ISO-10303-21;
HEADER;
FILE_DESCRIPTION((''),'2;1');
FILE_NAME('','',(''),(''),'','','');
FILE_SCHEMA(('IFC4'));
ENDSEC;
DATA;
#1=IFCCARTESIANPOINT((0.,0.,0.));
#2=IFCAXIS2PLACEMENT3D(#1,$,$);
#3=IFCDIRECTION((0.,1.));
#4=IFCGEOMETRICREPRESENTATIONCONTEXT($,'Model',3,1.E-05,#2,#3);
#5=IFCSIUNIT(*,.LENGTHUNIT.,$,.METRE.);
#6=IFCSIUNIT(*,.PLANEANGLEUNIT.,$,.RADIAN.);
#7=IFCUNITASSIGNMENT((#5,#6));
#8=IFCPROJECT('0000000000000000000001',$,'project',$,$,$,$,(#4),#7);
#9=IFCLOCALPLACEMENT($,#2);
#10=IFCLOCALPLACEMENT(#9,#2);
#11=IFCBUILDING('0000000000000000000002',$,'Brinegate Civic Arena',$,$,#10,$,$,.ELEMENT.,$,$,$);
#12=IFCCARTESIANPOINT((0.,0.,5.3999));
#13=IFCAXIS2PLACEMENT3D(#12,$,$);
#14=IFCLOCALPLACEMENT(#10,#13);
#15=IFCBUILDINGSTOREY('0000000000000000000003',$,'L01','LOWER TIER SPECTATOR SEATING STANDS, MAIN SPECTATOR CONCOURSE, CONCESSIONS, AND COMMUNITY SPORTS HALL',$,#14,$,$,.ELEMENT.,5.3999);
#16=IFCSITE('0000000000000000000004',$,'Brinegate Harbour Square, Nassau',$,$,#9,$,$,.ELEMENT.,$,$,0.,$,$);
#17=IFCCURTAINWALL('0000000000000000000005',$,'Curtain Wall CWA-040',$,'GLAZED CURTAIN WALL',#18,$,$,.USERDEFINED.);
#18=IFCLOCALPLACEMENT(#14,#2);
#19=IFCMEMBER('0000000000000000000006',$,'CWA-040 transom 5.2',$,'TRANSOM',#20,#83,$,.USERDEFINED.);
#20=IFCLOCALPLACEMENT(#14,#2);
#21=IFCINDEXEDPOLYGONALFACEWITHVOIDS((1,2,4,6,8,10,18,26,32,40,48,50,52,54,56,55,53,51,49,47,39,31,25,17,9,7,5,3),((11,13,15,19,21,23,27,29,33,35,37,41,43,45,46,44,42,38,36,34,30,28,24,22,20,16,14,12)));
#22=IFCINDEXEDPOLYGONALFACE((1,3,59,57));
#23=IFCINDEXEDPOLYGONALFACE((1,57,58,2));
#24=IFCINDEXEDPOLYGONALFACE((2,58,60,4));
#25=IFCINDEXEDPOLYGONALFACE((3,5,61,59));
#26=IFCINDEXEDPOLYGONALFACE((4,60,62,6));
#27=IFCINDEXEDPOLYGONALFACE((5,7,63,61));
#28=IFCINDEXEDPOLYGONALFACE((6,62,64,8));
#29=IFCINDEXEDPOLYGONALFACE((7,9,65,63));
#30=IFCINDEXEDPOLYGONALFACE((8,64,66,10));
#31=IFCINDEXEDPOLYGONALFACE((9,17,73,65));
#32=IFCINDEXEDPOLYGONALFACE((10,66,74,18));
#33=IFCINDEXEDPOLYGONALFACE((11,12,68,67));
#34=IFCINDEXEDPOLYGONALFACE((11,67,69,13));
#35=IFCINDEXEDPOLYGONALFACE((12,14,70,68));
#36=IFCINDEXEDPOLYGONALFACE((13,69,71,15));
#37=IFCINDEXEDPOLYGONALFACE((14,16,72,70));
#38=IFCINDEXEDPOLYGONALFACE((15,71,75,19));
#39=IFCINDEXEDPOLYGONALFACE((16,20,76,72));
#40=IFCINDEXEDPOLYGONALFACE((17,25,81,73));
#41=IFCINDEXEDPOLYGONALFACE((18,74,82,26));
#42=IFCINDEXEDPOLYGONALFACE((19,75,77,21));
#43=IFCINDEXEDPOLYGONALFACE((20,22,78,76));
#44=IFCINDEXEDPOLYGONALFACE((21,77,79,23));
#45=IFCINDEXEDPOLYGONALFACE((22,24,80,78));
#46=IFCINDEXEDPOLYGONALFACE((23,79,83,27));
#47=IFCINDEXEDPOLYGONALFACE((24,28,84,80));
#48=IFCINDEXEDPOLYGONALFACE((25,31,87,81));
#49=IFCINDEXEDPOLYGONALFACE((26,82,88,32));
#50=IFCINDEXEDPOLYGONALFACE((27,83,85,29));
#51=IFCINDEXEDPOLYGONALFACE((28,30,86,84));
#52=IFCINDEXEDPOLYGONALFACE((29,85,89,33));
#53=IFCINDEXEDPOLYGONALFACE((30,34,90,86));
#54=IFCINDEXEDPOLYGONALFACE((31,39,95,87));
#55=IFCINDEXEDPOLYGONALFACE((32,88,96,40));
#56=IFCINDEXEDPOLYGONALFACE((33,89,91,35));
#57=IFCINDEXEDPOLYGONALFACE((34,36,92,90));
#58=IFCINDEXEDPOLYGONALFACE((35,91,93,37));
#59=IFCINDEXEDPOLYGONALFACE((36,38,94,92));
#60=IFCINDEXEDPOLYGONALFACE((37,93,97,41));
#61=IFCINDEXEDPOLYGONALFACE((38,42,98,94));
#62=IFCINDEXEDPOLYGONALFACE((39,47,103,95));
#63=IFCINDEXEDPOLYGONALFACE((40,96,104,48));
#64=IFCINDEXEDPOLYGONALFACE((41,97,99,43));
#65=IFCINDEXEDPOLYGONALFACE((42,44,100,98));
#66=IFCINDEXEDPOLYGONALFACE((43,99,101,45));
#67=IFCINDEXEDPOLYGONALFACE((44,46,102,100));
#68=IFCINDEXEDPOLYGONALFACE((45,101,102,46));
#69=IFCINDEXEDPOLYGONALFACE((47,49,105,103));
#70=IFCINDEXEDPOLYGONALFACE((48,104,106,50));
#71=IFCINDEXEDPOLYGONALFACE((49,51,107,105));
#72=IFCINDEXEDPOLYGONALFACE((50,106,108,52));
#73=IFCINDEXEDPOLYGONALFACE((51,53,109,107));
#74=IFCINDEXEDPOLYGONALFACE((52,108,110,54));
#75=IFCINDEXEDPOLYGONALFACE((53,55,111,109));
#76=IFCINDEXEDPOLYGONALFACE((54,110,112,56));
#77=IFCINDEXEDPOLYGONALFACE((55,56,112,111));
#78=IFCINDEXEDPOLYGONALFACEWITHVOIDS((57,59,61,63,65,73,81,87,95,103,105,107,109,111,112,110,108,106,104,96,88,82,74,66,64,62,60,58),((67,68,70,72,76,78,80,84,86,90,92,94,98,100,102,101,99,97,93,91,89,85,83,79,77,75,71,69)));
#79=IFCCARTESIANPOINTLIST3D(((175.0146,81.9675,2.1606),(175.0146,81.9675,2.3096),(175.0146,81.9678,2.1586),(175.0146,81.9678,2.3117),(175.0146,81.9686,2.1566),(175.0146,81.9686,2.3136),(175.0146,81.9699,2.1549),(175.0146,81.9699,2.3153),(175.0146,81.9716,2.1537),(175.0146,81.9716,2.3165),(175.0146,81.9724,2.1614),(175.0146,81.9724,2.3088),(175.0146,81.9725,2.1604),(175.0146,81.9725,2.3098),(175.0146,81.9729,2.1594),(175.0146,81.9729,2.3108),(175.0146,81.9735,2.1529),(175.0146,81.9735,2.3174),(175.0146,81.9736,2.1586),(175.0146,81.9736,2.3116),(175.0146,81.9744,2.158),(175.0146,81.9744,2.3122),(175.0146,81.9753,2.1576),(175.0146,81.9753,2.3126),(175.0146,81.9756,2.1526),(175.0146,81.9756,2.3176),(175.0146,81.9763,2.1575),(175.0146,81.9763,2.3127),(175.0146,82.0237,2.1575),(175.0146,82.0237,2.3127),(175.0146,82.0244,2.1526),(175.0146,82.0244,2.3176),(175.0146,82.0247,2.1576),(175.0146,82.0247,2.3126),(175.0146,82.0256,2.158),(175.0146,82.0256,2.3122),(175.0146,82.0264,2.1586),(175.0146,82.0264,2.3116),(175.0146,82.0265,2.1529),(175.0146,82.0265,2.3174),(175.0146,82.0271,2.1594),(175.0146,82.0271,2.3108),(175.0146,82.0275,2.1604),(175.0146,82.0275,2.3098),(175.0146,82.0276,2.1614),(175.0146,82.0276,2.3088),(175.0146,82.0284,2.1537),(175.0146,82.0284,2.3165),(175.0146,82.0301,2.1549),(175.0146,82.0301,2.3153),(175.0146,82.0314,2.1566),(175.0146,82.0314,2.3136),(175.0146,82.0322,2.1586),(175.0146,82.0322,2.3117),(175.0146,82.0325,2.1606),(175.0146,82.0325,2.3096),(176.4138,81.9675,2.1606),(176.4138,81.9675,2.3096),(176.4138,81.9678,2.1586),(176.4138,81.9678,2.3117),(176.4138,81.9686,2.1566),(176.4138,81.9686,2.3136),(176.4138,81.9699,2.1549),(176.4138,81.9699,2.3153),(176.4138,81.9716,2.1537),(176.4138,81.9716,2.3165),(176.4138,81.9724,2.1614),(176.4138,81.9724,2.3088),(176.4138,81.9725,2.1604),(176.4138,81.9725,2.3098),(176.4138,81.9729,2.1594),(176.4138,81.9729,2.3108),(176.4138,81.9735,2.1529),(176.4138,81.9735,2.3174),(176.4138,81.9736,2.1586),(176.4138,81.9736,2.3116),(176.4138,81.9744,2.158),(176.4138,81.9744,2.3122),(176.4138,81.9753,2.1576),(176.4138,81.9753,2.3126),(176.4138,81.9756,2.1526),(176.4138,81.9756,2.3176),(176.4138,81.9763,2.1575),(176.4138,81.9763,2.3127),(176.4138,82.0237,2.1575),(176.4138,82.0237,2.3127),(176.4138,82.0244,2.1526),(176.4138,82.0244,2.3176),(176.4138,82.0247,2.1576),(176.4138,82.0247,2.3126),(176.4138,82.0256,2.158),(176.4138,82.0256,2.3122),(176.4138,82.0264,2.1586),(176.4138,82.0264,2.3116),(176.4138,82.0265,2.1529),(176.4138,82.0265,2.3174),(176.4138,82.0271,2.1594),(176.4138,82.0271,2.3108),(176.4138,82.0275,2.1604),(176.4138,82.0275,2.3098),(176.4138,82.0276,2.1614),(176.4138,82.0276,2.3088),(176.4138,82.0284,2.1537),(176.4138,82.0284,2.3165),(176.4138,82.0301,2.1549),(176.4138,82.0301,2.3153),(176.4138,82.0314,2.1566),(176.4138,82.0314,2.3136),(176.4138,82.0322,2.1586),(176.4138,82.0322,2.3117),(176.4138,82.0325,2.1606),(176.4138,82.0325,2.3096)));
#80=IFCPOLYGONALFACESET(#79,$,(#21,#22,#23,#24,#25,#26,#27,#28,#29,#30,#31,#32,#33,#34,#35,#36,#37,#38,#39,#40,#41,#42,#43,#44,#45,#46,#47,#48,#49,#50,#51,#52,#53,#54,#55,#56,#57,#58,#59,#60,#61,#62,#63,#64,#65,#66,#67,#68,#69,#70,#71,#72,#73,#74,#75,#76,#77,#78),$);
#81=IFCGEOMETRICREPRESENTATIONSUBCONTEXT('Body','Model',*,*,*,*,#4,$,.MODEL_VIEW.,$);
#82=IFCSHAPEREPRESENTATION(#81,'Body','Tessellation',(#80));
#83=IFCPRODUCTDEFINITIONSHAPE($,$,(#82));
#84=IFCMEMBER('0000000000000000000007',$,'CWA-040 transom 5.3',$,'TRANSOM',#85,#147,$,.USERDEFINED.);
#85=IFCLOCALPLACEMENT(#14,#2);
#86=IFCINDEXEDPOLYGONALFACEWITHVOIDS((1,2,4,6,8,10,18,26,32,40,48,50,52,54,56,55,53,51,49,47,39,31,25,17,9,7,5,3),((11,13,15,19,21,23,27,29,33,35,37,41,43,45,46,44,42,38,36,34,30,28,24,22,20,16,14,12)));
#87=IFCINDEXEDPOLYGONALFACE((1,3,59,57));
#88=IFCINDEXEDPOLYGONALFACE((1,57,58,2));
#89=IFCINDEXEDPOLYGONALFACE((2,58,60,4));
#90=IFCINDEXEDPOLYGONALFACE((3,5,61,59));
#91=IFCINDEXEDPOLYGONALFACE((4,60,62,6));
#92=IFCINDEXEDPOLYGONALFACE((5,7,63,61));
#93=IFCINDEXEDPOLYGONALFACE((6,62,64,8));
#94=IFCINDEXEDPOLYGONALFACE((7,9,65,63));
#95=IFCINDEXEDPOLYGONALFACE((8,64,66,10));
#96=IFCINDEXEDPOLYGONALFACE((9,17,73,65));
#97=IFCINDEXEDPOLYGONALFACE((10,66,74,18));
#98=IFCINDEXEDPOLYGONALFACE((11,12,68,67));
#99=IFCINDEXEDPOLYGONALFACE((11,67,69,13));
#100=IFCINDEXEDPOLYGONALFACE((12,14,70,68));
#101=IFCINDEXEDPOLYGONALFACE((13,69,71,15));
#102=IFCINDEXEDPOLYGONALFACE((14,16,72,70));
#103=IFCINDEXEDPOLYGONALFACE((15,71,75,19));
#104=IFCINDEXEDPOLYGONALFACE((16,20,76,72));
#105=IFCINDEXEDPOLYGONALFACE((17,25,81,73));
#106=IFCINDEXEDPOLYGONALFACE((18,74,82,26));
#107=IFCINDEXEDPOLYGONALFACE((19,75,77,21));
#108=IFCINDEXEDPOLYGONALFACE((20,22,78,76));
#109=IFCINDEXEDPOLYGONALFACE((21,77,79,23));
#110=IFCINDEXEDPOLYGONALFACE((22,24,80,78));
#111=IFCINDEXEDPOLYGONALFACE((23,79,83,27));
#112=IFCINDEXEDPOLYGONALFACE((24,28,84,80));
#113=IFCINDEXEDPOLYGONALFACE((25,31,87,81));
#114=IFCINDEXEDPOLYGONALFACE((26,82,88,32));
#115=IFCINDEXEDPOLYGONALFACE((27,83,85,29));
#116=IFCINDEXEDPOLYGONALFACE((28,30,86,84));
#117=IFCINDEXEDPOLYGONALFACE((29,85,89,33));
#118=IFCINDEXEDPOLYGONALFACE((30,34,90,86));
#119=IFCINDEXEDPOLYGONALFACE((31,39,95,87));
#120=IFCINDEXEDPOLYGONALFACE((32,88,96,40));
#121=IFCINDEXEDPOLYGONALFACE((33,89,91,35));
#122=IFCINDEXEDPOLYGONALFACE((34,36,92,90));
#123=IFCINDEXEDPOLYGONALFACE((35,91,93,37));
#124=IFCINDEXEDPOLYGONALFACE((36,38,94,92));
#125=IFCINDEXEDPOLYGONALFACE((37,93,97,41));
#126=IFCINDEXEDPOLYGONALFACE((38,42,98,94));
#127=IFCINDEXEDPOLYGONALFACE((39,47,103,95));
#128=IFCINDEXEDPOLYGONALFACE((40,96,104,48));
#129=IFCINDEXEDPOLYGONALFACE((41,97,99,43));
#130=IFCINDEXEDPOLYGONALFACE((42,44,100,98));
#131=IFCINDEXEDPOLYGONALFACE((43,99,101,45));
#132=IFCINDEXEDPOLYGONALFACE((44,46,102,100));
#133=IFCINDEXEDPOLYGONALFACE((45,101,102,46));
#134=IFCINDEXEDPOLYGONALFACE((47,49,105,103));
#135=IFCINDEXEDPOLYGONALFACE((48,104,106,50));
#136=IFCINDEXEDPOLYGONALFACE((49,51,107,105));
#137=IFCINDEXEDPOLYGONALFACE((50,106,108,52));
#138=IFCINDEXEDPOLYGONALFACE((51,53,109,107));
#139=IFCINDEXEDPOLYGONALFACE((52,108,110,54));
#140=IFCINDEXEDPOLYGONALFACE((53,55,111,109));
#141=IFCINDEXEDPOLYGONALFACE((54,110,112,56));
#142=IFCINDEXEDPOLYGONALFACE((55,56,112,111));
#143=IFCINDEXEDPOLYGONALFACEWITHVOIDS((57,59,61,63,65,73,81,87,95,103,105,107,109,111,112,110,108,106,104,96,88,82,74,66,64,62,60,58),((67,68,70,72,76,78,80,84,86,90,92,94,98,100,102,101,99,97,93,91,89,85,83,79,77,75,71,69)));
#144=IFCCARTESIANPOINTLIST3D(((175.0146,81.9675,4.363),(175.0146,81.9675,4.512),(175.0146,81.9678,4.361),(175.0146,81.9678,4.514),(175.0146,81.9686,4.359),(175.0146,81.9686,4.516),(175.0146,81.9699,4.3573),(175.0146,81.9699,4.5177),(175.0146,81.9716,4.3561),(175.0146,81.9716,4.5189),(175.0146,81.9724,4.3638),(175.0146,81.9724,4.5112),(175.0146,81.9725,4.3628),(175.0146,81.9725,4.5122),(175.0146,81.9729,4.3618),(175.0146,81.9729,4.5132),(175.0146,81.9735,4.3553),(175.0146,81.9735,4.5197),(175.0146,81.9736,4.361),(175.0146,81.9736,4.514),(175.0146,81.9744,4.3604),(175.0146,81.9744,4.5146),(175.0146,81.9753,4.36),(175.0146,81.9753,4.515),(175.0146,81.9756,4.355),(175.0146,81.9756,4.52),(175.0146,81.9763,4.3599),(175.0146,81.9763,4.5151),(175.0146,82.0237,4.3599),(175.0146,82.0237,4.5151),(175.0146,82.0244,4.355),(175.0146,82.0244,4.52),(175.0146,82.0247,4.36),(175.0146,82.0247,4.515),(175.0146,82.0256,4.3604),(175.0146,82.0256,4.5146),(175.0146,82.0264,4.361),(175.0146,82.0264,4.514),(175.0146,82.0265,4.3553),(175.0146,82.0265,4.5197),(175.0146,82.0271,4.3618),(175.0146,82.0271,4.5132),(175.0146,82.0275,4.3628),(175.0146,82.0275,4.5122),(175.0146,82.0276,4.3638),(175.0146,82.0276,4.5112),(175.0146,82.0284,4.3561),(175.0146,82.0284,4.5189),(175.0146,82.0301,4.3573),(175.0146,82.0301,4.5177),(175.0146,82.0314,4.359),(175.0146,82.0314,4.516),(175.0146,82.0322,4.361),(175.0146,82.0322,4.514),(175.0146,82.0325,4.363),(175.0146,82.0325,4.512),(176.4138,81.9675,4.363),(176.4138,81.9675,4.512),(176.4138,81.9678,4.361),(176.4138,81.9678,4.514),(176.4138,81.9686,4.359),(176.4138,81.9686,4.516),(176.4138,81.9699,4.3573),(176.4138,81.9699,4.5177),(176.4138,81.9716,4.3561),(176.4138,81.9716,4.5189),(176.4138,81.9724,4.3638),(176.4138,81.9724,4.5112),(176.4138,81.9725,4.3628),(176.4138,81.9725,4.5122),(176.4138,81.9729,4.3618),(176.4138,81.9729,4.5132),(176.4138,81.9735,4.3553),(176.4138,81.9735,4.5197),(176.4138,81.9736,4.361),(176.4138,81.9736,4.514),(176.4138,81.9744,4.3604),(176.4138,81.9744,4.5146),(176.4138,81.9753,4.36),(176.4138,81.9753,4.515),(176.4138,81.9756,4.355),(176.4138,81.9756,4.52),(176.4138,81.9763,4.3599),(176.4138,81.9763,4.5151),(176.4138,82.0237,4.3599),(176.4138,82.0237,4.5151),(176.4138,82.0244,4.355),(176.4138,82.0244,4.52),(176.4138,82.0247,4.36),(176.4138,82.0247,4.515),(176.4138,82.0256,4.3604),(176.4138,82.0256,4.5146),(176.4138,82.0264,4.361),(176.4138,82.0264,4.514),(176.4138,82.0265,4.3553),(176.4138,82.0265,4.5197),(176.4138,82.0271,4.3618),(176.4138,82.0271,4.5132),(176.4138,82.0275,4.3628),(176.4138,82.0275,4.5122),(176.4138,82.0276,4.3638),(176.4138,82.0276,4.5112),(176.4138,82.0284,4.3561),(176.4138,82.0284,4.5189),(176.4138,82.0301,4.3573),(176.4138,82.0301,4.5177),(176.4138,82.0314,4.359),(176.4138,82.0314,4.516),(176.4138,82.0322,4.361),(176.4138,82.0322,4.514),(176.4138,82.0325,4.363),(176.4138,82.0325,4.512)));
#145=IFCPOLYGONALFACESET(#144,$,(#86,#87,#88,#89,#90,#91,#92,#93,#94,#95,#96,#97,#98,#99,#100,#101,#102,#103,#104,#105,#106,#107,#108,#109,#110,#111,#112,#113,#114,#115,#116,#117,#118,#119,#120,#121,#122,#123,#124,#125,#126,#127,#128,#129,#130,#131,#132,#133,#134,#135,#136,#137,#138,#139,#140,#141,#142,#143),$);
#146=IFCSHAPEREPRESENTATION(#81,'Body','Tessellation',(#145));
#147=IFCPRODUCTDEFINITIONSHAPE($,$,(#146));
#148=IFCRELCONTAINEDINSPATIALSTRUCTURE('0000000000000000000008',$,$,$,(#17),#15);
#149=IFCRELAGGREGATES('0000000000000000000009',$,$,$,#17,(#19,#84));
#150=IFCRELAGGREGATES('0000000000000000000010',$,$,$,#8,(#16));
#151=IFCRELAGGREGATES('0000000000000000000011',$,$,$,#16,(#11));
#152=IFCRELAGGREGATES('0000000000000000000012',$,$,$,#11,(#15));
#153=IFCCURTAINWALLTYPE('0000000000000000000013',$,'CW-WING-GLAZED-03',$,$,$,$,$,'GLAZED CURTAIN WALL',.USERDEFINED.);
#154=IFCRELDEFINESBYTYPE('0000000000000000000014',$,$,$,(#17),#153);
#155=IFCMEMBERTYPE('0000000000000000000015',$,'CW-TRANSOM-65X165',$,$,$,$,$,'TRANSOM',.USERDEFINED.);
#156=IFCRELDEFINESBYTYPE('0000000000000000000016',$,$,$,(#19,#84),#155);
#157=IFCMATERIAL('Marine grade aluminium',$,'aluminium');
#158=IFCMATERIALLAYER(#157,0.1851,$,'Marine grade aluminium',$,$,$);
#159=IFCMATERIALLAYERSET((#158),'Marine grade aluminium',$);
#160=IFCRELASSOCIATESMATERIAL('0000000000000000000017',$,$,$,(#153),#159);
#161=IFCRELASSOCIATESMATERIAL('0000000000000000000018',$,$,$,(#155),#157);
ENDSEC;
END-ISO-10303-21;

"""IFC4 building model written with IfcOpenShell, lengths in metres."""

from ifc_helpers import new_model, si_unit, direction, frame, origin, origin_2d, place, context, subcontext, project, spatial, hollow_rectangle, extrude, material, layer, layer_set, material_profile, profile_set, type_object, element, aggregate, save


model = new_model("IFC4")

# Units and contexts
model_context = context("Model", 3, precision=1e-05, world=origin(), true_north=direction((0.0, 1.0)))
body_context = subcontext(model_context, "Body", "Model", "MODEL_VIEW")
ifc_project = project(units=[si_unit("LENGTHUNIT", "METRE"), si_unit("PLANEANGLEUNIT", "RADIAN")], contexts=[model_context])

# Site, building, storey
site_placement = place(None, origin())
site = spatial("IfcSite", under=ifc_project, at=site_placement, Name="Brinegate Harbour Square, Nassau", CompositionType="ELEMENT", RefElevation=0.0)
building_placement = place(site_placement, origin())
building = spatial("IfcBuilding", under=site, at=building_placement, Name="Brinegate Civic Arena", CompositionType="ELEMENT")
storey_placement = place(building_placement, frame((0.0, 0.0, 5.3999)))
storey = spatial("IfcBuildingStorey", under=building, at=storey_placement, Name="L01", Description="LOWER TIER SPECTATOR SEATING STANDS, MAIN SPECTATOR CONCOURSE, CONCESSIONS, AND COMMUNITY SPORTS HALL", CompositionType="ELEMENT", Elevation=5.3999)

# Curtain wall, members
ifc_material_1 = material(Name="Marine grade aluminium", Category="aluminium")
ifc_layer_1 = layer(ifc_material_1, 0.1851, Name="Marine grade aluminium")
ifc_layer_set_1 = layer_set([ifc_layer_1], Name="Marine grade aluminium")
curtain_wall_type = type_object("IfcCurtainWallType", Name="CW-WING-GLAZED-03", ElementType="GLAZED CURTAIN WALL", PredefinedType="USERDEFINED", material=ifc_layer_set_1)
curtain_wall_placement = place(storey_placement, origin())
curtain_wall = element("IfcCurtainWall", 1, at=curtain_wall_placement, inside=storey, type_object=curtain_wall_type, Name="Curtain Wall CWA-040", ObjectType="GLAZED CURTAIN WALL", PredefinedType="USERDEFINED")
ifc_material_profile_1 = material_profile(ifc_material_1, hollow_rectangle(XDim=0.0649, YDim=0.165, WallThickness=0.0049, InnerFilletRadius=0.0039, OuterFilletRadius=0.0081, at=origin_2d()), Name="TRN65X165")
ifc_profile_set_1 = profile_set([ifc_material_profile_1], Name="Marine grade aluminium")
member_type_1 = type_object("IfcMemberType", Name="CW-TRANSOM-65X165", ElementType="TRANSOM", PredefinedType="USERDEFINED", material=ifc_profile_set_1)
member_1_placement = place(storey_placement, frame((175.0146, 82.0, 2.2351), z_axis=(1.0, 0.0, 0.0), x_axis=(0.0, 1.0, 0.0)))
member_1 = element("IfcMember", 2, at=member_1_placement, type_object=member_type_1, Name="CWA-040 transom 5.2", ObjectType="TRANSOM", PredefinedType="USERDEFINED", context=body_context, shape_type="SweptSolid", body=[
    extrude(hollow_rectangle(XDim=0.0649, YDim=0.165, WallThickness=0.0049, InnerFilletRadius=0.0039, OuterFilletRadius=0.0081, at=origin_2d()), origin(), (0.0, 0.0, 1.0), 1.3992),
])
member_2_placement = place(storey_placement, frame((175.0146, 82.0, 4.4375), z_axis=(1.0, 0.0, 0.0), x_axis=(0.0, 1.0, 0.0)))
member_2 = element("IfcMember", 3, at=member_2_placement, type_object=member_type_1, Name="CWA-040 transom 5.3", ObjectType="TRANSOM", PredefinedType="USERDEFINED", context=body_context, shape_type="SweptSolid", body=[
    extrude(hollow_rectangle(XDim=0.0649, YDim=0.165, WallThickness=0.0049, InnerFilletRadius=0.0039, OuterFilletRadius=0.0081, at=origin_2d()), origin(), (0.0, 0.0, 1.0), 1.3992),
])
aggregate(curtain_wall, [member_1, member_2])

save(model, "model.ifc")
